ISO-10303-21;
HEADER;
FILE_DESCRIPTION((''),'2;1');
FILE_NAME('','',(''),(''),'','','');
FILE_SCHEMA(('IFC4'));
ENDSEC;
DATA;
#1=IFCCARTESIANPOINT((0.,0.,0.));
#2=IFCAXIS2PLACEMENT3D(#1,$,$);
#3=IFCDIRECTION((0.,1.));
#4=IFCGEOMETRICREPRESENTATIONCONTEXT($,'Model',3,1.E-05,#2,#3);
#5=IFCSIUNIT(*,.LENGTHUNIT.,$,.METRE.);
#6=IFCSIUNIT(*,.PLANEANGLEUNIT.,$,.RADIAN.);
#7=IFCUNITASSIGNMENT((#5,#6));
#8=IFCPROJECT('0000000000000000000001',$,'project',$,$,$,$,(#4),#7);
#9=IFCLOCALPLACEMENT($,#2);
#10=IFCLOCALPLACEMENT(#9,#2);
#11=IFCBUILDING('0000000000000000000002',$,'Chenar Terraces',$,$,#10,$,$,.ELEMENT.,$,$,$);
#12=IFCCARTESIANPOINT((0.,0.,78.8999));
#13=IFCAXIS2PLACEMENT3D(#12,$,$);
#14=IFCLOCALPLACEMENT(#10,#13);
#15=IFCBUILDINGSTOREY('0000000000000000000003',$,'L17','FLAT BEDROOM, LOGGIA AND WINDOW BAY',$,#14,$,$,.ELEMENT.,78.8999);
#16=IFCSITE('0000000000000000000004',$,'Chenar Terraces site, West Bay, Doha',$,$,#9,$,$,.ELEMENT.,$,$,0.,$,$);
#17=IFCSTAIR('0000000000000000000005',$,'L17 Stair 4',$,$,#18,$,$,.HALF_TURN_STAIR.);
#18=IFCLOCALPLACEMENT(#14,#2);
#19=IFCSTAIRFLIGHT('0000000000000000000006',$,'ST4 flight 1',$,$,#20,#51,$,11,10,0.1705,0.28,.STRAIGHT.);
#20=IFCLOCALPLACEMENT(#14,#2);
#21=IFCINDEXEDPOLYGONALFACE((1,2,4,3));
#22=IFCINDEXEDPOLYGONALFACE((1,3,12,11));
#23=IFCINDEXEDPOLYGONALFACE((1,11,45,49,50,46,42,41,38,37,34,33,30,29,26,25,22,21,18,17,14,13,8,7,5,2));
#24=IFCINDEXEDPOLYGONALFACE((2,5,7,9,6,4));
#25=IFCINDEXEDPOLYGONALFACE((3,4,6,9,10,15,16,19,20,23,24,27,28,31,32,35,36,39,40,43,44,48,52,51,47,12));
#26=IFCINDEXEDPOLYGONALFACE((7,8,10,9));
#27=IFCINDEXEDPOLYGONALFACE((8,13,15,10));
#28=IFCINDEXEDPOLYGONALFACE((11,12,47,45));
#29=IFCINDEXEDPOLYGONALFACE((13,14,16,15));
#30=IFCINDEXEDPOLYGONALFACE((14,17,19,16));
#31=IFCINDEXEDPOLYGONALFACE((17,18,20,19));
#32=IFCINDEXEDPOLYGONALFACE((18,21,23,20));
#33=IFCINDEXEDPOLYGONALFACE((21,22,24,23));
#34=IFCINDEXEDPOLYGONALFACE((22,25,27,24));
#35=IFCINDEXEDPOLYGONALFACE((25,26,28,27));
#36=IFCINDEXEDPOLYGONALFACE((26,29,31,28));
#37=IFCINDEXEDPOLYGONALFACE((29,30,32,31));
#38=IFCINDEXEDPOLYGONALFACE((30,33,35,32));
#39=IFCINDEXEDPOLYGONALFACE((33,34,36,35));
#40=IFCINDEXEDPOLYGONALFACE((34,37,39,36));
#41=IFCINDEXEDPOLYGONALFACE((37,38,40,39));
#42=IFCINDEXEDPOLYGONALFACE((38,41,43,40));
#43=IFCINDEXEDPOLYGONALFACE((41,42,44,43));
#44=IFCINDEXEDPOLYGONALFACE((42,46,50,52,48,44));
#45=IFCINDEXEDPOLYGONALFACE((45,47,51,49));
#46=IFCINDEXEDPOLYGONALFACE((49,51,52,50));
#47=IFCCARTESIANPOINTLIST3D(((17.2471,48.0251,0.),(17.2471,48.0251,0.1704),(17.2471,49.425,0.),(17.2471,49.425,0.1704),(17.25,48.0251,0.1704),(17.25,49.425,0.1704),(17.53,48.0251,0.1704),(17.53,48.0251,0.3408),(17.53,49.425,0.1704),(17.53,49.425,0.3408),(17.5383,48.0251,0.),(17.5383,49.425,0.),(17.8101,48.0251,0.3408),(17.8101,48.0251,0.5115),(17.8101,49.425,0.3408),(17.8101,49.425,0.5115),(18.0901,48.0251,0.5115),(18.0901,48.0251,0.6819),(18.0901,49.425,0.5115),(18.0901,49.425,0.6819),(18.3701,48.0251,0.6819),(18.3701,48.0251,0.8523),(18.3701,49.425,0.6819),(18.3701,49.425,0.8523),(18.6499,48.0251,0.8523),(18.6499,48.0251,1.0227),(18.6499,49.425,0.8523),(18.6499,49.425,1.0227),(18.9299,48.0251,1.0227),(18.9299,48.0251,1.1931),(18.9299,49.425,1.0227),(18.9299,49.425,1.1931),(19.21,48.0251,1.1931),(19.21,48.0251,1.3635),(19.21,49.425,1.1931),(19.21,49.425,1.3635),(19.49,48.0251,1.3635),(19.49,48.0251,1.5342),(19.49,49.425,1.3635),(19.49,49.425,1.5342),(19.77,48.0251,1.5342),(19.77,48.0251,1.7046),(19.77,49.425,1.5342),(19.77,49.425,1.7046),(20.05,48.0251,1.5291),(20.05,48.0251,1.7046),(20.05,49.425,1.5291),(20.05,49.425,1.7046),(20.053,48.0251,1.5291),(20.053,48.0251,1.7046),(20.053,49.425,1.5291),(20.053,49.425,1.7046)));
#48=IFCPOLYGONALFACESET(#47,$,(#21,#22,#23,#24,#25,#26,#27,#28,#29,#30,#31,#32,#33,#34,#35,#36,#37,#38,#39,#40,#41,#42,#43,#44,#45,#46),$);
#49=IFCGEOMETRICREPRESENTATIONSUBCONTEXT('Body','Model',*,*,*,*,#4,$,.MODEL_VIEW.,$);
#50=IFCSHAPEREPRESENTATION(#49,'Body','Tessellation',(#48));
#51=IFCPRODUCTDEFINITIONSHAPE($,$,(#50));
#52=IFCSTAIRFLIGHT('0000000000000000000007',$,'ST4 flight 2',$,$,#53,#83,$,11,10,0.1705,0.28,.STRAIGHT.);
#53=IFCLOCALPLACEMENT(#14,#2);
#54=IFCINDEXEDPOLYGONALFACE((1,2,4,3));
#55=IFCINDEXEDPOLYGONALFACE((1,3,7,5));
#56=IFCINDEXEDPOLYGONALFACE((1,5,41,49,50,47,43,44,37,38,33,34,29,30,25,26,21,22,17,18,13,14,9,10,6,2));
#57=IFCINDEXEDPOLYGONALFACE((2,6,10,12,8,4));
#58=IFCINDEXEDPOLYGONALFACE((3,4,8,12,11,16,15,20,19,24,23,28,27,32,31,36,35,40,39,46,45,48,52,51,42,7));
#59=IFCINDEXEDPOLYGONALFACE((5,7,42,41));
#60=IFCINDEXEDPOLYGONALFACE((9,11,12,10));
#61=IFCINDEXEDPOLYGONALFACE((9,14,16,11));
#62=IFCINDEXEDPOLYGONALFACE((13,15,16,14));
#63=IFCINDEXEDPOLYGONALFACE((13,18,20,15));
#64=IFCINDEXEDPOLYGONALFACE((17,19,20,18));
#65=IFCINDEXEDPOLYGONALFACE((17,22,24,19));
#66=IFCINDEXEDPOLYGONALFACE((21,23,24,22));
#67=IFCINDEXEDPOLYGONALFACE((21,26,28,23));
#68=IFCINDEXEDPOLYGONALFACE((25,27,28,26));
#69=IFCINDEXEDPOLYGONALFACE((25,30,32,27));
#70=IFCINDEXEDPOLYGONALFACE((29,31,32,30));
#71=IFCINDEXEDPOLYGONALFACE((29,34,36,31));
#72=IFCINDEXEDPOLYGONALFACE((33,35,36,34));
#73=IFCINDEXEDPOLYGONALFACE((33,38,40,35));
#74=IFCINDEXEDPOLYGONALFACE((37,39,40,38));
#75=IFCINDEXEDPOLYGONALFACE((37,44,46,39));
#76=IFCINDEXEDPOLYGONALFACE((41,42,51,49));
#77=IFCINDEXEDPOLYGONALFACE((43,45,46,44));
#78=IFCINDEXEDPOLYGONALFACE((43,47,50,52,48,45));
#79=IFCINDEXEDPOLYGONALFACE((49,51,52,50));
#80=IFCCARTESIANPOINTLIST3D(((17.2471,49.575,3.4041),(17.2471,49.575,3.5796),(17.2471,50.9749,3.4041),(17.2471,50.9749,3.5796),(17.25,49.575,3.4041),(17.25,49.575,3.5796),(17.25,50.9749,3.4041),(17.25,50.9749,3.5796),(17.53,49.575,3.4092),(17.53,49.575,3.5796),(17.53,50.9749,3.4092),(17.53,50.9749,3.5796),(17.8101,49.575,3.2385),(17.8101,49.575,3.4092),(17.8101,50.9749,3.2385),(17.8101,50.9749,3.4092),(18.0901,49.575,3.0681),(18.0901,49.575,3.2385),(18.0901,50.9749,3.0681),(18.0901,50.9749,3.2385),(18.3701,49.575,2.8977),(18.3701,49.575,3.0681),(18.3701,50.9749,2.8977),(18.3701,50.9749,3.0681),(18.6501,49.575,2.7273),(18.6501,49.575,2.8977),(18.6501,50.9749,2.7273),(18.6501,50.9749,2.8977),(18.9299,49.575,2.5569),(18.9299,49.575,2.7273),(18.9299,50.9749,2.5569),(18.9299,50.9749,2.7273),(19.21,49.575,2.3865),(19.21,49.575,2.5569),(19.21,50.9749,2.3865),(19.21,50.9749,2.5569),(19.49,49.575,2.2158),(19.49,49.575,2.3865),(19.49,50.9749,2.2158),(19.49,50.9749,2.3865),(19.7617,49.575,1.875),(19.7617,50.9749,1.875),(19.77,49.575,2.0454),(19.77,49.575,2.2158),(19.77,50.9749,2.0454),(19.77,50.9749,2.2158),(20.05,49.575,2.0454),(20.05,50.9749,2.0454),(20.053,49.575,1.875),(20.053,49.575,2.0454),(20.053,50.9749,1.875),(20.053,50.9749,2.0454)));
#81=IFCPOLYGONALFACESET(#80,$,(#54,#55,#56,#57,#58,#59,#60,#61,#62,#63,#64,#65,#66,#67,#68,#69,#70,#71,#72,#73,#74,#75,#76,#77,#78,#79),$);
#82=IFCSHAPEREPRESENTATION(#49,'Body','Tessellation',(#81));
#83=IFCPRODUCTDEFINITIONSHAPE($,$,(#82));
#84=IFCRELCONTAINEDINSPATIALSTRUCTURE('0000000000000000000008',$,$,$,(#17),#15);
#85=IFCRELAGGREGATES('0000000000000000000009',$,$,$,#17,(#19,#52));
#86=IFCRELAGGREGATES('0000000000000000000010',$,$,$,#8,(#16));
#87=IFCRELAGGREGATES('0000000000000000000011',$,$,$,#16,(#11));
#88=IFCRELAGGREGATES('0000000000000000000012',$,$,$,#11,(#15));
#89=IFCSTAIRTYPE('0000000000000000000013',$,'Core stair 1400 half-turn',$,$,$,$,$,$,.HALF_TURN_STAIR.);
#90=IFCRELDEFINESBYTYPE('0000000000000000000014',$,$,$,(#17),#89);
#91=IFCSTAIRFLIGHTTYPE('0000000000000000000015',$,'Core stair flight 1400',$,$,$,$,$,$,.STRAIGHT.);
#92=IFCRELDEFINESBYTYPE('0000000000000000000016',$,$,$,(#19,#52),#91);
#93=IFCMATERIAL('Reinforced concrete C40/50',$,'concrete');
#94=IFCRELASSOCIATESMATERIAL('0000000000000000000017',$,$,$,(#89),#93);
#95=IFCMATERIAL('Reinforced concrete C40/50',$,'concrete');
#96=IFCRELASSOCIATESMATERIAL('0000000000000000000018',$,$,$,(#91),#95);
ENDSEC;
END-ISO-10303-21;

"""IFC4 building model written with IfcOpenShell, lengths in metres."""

from ifc_helpers import new_model, si_unit, direction, frame, origin, place, context, subcontext, project, spatial, polyline, outline, extrude, material, type_object, element, aggregate, save


model = new_model("IFC4")

# Units and contexts
model_context = context("Model", 3, precision=1e-05, world=origin(), true_north=direction((0.0, 1.0)))
body_context = subcontext(model_context, "Body", "Model", "MODEL_VIEW")
ifc_project = project(units=[si_unit("LENGTHUNIT", "METRE"), si_unit("PLANEANGLEUNIT", "RADIAN")], contexts=[model_context])

# Site, building, storey
site_placement = place(None, origin())
site = spatial("IfcSite", under=ifc_project, at=site_placement, Name="Chenar Terraces site, West Bay, Doha", CompositionType="ELEMENT", RefElevation=0.0)
building_placement = place(site_placement, origin())
building = spatial("IfcBuilding", under=site, at=building_placement, Name="Chenar Terraces", CompositionType="ELEMENT")
storey_placement = place(building_placement, frame((0.0, 0.0, 78.8999)))
storey = spatial("IfcBuildingStorey", under=building, at=storey_placement, Name="L17", Description="FLAT BEDROOM, LOGGIA AND WINDOW BAY", CompositionType="ELEMENT", Elevation=78.8999)

# Stair, stair flights
ifc_material_1 = material(Name="Reinforced concrete C40/50", Category="concrete")
stair_type = type_object("IfcStairType", Name="Core stair 1400 half-turn", PredefinedType="HALF_TURN_STAIR", material=ifc_material_1)
stair_placement = place(storey_placement, origin())
stair = element("IfcStair", 1, at=stair_placement, inside=storey, type_object=stair_type, Name="L17 Stair 4", PredefinedType="HALF_TURN_STAIR")
ifc_material_2 = material(Name="Reinforced concrete C40/50", Category="concrete")
stair_flight_type = type_object("IfcStairFlightType", Name="Core stair flight 1400", PredefinedType="STRAIGHT", material=ifc_material_2)
stair_flight_1_placement = place(storey_placement, frame((17.25, 48.7251, 0.0), z_axis=(0.0, 0.0, 1.0), x_axis=(1.0, 0.0, 0.0)))
stair_flight_1 = element("IfcStairFlight", 2, at=stair_flight_1_placement, type_object=stair_flight_type, Name="ST4 flight 1", NumberOfRisers=11, NumberOfTreads=10, PredefinedType="STRAIGHT", RiserHeight=0.1705, TreadLength=0.28, context=body_context, shape_type="SweptSolid", body=[
    extrude(outline(polyline([(-0.0029, 0.0), (-0.0029, 0.1704), (0.0, 0.1704), (0.28, 0.1704), (0.28, 0.3408), (0.5601, 0.3408), (0.5601, 0.5115), (0.8401, 0.5115), (0.8401, 0.6819), (1.1201, 0.6819), (1.1201, 0.8523), (1.3999, 0.8523), (1.3999, 1.0227), (1.6799, 1.0227), (1.6799, 1.1931), (1.96, 1.1931), (1.96, 1.3635), (2.24, 1.3635), (2.24, 1.5342), (2.52, 1.5342), (2.52, 1.7046), (2.8, 1.7046), (2.803, 1.7046), (2.803, 1.5291), (2.8, 1.5291), (0.2883, 0.0), (-0.0029, 0.0)])), frame((0.0, 0.7, 0.0), z_axis=(0.0, -1.0, 0.0), x_axis=(1.0, 0.0, 0.0)), (0.0, 0.0, 1.0), 1.3999),
])
stair_flight_2_placement = place(storey_placement, frame((20.05, 50.2749, 1.875), z_axis=(0.0, 0.0, 1.0), x_axis=(-1.0, 0.0, 0.0)))
stair_flight_2 = element("IfcStairFlight", 3, at=stair_flight_2_placement, type_object=stair_flight_type, Name="ST4 flight 2", NumberOfRisers=11, NumberOfTreads=10, PredefinedType="STRAIGHT", RiserHeight=0.1705, TreadLength=0.28, context=body_context, shape_type="SweptSolid", body=[
    extrude(outline(polyline([(-0.0029, 0.0), (-0.0029, 0.1704), (0.0, 0.1704), (0.28, 0.1704), (0.28, 0.3408), (0.5601, 0.3408), (0.5601, 0.5115), (0.8401, 0.5115), (0.8401, 0.6819), (1.1201, 0.6819), (1.1201, 0.8523), (1.3999, 0.8523), (1.3999, 1.0227), (1.6799, 1.0227), (1.6799, 1.1931), (1.96, 1.1931), (1.96, 1.3635), (2.24, 1.3635), (2.24, 1.5342), (2.52, 1.5342), (2.52, 1.7046), (2.8, 1.7046), (2.803, 1.7046), (2.803, 1.5291), (2.8, 1.5291), (0.2883, 0.0), (-0.0029, 0.0)])), frame((0.0, 0.7, 0.0), z_axis=(0.0, -1.0, 0.0), x_axis=(1.0, 0.0, 0.0)), (0.0, 0.0, 1.0), 1.3999),
])
aggregate(stair, [stair_flight_1, stair_flight_2])

save(model, "model.ifc")
